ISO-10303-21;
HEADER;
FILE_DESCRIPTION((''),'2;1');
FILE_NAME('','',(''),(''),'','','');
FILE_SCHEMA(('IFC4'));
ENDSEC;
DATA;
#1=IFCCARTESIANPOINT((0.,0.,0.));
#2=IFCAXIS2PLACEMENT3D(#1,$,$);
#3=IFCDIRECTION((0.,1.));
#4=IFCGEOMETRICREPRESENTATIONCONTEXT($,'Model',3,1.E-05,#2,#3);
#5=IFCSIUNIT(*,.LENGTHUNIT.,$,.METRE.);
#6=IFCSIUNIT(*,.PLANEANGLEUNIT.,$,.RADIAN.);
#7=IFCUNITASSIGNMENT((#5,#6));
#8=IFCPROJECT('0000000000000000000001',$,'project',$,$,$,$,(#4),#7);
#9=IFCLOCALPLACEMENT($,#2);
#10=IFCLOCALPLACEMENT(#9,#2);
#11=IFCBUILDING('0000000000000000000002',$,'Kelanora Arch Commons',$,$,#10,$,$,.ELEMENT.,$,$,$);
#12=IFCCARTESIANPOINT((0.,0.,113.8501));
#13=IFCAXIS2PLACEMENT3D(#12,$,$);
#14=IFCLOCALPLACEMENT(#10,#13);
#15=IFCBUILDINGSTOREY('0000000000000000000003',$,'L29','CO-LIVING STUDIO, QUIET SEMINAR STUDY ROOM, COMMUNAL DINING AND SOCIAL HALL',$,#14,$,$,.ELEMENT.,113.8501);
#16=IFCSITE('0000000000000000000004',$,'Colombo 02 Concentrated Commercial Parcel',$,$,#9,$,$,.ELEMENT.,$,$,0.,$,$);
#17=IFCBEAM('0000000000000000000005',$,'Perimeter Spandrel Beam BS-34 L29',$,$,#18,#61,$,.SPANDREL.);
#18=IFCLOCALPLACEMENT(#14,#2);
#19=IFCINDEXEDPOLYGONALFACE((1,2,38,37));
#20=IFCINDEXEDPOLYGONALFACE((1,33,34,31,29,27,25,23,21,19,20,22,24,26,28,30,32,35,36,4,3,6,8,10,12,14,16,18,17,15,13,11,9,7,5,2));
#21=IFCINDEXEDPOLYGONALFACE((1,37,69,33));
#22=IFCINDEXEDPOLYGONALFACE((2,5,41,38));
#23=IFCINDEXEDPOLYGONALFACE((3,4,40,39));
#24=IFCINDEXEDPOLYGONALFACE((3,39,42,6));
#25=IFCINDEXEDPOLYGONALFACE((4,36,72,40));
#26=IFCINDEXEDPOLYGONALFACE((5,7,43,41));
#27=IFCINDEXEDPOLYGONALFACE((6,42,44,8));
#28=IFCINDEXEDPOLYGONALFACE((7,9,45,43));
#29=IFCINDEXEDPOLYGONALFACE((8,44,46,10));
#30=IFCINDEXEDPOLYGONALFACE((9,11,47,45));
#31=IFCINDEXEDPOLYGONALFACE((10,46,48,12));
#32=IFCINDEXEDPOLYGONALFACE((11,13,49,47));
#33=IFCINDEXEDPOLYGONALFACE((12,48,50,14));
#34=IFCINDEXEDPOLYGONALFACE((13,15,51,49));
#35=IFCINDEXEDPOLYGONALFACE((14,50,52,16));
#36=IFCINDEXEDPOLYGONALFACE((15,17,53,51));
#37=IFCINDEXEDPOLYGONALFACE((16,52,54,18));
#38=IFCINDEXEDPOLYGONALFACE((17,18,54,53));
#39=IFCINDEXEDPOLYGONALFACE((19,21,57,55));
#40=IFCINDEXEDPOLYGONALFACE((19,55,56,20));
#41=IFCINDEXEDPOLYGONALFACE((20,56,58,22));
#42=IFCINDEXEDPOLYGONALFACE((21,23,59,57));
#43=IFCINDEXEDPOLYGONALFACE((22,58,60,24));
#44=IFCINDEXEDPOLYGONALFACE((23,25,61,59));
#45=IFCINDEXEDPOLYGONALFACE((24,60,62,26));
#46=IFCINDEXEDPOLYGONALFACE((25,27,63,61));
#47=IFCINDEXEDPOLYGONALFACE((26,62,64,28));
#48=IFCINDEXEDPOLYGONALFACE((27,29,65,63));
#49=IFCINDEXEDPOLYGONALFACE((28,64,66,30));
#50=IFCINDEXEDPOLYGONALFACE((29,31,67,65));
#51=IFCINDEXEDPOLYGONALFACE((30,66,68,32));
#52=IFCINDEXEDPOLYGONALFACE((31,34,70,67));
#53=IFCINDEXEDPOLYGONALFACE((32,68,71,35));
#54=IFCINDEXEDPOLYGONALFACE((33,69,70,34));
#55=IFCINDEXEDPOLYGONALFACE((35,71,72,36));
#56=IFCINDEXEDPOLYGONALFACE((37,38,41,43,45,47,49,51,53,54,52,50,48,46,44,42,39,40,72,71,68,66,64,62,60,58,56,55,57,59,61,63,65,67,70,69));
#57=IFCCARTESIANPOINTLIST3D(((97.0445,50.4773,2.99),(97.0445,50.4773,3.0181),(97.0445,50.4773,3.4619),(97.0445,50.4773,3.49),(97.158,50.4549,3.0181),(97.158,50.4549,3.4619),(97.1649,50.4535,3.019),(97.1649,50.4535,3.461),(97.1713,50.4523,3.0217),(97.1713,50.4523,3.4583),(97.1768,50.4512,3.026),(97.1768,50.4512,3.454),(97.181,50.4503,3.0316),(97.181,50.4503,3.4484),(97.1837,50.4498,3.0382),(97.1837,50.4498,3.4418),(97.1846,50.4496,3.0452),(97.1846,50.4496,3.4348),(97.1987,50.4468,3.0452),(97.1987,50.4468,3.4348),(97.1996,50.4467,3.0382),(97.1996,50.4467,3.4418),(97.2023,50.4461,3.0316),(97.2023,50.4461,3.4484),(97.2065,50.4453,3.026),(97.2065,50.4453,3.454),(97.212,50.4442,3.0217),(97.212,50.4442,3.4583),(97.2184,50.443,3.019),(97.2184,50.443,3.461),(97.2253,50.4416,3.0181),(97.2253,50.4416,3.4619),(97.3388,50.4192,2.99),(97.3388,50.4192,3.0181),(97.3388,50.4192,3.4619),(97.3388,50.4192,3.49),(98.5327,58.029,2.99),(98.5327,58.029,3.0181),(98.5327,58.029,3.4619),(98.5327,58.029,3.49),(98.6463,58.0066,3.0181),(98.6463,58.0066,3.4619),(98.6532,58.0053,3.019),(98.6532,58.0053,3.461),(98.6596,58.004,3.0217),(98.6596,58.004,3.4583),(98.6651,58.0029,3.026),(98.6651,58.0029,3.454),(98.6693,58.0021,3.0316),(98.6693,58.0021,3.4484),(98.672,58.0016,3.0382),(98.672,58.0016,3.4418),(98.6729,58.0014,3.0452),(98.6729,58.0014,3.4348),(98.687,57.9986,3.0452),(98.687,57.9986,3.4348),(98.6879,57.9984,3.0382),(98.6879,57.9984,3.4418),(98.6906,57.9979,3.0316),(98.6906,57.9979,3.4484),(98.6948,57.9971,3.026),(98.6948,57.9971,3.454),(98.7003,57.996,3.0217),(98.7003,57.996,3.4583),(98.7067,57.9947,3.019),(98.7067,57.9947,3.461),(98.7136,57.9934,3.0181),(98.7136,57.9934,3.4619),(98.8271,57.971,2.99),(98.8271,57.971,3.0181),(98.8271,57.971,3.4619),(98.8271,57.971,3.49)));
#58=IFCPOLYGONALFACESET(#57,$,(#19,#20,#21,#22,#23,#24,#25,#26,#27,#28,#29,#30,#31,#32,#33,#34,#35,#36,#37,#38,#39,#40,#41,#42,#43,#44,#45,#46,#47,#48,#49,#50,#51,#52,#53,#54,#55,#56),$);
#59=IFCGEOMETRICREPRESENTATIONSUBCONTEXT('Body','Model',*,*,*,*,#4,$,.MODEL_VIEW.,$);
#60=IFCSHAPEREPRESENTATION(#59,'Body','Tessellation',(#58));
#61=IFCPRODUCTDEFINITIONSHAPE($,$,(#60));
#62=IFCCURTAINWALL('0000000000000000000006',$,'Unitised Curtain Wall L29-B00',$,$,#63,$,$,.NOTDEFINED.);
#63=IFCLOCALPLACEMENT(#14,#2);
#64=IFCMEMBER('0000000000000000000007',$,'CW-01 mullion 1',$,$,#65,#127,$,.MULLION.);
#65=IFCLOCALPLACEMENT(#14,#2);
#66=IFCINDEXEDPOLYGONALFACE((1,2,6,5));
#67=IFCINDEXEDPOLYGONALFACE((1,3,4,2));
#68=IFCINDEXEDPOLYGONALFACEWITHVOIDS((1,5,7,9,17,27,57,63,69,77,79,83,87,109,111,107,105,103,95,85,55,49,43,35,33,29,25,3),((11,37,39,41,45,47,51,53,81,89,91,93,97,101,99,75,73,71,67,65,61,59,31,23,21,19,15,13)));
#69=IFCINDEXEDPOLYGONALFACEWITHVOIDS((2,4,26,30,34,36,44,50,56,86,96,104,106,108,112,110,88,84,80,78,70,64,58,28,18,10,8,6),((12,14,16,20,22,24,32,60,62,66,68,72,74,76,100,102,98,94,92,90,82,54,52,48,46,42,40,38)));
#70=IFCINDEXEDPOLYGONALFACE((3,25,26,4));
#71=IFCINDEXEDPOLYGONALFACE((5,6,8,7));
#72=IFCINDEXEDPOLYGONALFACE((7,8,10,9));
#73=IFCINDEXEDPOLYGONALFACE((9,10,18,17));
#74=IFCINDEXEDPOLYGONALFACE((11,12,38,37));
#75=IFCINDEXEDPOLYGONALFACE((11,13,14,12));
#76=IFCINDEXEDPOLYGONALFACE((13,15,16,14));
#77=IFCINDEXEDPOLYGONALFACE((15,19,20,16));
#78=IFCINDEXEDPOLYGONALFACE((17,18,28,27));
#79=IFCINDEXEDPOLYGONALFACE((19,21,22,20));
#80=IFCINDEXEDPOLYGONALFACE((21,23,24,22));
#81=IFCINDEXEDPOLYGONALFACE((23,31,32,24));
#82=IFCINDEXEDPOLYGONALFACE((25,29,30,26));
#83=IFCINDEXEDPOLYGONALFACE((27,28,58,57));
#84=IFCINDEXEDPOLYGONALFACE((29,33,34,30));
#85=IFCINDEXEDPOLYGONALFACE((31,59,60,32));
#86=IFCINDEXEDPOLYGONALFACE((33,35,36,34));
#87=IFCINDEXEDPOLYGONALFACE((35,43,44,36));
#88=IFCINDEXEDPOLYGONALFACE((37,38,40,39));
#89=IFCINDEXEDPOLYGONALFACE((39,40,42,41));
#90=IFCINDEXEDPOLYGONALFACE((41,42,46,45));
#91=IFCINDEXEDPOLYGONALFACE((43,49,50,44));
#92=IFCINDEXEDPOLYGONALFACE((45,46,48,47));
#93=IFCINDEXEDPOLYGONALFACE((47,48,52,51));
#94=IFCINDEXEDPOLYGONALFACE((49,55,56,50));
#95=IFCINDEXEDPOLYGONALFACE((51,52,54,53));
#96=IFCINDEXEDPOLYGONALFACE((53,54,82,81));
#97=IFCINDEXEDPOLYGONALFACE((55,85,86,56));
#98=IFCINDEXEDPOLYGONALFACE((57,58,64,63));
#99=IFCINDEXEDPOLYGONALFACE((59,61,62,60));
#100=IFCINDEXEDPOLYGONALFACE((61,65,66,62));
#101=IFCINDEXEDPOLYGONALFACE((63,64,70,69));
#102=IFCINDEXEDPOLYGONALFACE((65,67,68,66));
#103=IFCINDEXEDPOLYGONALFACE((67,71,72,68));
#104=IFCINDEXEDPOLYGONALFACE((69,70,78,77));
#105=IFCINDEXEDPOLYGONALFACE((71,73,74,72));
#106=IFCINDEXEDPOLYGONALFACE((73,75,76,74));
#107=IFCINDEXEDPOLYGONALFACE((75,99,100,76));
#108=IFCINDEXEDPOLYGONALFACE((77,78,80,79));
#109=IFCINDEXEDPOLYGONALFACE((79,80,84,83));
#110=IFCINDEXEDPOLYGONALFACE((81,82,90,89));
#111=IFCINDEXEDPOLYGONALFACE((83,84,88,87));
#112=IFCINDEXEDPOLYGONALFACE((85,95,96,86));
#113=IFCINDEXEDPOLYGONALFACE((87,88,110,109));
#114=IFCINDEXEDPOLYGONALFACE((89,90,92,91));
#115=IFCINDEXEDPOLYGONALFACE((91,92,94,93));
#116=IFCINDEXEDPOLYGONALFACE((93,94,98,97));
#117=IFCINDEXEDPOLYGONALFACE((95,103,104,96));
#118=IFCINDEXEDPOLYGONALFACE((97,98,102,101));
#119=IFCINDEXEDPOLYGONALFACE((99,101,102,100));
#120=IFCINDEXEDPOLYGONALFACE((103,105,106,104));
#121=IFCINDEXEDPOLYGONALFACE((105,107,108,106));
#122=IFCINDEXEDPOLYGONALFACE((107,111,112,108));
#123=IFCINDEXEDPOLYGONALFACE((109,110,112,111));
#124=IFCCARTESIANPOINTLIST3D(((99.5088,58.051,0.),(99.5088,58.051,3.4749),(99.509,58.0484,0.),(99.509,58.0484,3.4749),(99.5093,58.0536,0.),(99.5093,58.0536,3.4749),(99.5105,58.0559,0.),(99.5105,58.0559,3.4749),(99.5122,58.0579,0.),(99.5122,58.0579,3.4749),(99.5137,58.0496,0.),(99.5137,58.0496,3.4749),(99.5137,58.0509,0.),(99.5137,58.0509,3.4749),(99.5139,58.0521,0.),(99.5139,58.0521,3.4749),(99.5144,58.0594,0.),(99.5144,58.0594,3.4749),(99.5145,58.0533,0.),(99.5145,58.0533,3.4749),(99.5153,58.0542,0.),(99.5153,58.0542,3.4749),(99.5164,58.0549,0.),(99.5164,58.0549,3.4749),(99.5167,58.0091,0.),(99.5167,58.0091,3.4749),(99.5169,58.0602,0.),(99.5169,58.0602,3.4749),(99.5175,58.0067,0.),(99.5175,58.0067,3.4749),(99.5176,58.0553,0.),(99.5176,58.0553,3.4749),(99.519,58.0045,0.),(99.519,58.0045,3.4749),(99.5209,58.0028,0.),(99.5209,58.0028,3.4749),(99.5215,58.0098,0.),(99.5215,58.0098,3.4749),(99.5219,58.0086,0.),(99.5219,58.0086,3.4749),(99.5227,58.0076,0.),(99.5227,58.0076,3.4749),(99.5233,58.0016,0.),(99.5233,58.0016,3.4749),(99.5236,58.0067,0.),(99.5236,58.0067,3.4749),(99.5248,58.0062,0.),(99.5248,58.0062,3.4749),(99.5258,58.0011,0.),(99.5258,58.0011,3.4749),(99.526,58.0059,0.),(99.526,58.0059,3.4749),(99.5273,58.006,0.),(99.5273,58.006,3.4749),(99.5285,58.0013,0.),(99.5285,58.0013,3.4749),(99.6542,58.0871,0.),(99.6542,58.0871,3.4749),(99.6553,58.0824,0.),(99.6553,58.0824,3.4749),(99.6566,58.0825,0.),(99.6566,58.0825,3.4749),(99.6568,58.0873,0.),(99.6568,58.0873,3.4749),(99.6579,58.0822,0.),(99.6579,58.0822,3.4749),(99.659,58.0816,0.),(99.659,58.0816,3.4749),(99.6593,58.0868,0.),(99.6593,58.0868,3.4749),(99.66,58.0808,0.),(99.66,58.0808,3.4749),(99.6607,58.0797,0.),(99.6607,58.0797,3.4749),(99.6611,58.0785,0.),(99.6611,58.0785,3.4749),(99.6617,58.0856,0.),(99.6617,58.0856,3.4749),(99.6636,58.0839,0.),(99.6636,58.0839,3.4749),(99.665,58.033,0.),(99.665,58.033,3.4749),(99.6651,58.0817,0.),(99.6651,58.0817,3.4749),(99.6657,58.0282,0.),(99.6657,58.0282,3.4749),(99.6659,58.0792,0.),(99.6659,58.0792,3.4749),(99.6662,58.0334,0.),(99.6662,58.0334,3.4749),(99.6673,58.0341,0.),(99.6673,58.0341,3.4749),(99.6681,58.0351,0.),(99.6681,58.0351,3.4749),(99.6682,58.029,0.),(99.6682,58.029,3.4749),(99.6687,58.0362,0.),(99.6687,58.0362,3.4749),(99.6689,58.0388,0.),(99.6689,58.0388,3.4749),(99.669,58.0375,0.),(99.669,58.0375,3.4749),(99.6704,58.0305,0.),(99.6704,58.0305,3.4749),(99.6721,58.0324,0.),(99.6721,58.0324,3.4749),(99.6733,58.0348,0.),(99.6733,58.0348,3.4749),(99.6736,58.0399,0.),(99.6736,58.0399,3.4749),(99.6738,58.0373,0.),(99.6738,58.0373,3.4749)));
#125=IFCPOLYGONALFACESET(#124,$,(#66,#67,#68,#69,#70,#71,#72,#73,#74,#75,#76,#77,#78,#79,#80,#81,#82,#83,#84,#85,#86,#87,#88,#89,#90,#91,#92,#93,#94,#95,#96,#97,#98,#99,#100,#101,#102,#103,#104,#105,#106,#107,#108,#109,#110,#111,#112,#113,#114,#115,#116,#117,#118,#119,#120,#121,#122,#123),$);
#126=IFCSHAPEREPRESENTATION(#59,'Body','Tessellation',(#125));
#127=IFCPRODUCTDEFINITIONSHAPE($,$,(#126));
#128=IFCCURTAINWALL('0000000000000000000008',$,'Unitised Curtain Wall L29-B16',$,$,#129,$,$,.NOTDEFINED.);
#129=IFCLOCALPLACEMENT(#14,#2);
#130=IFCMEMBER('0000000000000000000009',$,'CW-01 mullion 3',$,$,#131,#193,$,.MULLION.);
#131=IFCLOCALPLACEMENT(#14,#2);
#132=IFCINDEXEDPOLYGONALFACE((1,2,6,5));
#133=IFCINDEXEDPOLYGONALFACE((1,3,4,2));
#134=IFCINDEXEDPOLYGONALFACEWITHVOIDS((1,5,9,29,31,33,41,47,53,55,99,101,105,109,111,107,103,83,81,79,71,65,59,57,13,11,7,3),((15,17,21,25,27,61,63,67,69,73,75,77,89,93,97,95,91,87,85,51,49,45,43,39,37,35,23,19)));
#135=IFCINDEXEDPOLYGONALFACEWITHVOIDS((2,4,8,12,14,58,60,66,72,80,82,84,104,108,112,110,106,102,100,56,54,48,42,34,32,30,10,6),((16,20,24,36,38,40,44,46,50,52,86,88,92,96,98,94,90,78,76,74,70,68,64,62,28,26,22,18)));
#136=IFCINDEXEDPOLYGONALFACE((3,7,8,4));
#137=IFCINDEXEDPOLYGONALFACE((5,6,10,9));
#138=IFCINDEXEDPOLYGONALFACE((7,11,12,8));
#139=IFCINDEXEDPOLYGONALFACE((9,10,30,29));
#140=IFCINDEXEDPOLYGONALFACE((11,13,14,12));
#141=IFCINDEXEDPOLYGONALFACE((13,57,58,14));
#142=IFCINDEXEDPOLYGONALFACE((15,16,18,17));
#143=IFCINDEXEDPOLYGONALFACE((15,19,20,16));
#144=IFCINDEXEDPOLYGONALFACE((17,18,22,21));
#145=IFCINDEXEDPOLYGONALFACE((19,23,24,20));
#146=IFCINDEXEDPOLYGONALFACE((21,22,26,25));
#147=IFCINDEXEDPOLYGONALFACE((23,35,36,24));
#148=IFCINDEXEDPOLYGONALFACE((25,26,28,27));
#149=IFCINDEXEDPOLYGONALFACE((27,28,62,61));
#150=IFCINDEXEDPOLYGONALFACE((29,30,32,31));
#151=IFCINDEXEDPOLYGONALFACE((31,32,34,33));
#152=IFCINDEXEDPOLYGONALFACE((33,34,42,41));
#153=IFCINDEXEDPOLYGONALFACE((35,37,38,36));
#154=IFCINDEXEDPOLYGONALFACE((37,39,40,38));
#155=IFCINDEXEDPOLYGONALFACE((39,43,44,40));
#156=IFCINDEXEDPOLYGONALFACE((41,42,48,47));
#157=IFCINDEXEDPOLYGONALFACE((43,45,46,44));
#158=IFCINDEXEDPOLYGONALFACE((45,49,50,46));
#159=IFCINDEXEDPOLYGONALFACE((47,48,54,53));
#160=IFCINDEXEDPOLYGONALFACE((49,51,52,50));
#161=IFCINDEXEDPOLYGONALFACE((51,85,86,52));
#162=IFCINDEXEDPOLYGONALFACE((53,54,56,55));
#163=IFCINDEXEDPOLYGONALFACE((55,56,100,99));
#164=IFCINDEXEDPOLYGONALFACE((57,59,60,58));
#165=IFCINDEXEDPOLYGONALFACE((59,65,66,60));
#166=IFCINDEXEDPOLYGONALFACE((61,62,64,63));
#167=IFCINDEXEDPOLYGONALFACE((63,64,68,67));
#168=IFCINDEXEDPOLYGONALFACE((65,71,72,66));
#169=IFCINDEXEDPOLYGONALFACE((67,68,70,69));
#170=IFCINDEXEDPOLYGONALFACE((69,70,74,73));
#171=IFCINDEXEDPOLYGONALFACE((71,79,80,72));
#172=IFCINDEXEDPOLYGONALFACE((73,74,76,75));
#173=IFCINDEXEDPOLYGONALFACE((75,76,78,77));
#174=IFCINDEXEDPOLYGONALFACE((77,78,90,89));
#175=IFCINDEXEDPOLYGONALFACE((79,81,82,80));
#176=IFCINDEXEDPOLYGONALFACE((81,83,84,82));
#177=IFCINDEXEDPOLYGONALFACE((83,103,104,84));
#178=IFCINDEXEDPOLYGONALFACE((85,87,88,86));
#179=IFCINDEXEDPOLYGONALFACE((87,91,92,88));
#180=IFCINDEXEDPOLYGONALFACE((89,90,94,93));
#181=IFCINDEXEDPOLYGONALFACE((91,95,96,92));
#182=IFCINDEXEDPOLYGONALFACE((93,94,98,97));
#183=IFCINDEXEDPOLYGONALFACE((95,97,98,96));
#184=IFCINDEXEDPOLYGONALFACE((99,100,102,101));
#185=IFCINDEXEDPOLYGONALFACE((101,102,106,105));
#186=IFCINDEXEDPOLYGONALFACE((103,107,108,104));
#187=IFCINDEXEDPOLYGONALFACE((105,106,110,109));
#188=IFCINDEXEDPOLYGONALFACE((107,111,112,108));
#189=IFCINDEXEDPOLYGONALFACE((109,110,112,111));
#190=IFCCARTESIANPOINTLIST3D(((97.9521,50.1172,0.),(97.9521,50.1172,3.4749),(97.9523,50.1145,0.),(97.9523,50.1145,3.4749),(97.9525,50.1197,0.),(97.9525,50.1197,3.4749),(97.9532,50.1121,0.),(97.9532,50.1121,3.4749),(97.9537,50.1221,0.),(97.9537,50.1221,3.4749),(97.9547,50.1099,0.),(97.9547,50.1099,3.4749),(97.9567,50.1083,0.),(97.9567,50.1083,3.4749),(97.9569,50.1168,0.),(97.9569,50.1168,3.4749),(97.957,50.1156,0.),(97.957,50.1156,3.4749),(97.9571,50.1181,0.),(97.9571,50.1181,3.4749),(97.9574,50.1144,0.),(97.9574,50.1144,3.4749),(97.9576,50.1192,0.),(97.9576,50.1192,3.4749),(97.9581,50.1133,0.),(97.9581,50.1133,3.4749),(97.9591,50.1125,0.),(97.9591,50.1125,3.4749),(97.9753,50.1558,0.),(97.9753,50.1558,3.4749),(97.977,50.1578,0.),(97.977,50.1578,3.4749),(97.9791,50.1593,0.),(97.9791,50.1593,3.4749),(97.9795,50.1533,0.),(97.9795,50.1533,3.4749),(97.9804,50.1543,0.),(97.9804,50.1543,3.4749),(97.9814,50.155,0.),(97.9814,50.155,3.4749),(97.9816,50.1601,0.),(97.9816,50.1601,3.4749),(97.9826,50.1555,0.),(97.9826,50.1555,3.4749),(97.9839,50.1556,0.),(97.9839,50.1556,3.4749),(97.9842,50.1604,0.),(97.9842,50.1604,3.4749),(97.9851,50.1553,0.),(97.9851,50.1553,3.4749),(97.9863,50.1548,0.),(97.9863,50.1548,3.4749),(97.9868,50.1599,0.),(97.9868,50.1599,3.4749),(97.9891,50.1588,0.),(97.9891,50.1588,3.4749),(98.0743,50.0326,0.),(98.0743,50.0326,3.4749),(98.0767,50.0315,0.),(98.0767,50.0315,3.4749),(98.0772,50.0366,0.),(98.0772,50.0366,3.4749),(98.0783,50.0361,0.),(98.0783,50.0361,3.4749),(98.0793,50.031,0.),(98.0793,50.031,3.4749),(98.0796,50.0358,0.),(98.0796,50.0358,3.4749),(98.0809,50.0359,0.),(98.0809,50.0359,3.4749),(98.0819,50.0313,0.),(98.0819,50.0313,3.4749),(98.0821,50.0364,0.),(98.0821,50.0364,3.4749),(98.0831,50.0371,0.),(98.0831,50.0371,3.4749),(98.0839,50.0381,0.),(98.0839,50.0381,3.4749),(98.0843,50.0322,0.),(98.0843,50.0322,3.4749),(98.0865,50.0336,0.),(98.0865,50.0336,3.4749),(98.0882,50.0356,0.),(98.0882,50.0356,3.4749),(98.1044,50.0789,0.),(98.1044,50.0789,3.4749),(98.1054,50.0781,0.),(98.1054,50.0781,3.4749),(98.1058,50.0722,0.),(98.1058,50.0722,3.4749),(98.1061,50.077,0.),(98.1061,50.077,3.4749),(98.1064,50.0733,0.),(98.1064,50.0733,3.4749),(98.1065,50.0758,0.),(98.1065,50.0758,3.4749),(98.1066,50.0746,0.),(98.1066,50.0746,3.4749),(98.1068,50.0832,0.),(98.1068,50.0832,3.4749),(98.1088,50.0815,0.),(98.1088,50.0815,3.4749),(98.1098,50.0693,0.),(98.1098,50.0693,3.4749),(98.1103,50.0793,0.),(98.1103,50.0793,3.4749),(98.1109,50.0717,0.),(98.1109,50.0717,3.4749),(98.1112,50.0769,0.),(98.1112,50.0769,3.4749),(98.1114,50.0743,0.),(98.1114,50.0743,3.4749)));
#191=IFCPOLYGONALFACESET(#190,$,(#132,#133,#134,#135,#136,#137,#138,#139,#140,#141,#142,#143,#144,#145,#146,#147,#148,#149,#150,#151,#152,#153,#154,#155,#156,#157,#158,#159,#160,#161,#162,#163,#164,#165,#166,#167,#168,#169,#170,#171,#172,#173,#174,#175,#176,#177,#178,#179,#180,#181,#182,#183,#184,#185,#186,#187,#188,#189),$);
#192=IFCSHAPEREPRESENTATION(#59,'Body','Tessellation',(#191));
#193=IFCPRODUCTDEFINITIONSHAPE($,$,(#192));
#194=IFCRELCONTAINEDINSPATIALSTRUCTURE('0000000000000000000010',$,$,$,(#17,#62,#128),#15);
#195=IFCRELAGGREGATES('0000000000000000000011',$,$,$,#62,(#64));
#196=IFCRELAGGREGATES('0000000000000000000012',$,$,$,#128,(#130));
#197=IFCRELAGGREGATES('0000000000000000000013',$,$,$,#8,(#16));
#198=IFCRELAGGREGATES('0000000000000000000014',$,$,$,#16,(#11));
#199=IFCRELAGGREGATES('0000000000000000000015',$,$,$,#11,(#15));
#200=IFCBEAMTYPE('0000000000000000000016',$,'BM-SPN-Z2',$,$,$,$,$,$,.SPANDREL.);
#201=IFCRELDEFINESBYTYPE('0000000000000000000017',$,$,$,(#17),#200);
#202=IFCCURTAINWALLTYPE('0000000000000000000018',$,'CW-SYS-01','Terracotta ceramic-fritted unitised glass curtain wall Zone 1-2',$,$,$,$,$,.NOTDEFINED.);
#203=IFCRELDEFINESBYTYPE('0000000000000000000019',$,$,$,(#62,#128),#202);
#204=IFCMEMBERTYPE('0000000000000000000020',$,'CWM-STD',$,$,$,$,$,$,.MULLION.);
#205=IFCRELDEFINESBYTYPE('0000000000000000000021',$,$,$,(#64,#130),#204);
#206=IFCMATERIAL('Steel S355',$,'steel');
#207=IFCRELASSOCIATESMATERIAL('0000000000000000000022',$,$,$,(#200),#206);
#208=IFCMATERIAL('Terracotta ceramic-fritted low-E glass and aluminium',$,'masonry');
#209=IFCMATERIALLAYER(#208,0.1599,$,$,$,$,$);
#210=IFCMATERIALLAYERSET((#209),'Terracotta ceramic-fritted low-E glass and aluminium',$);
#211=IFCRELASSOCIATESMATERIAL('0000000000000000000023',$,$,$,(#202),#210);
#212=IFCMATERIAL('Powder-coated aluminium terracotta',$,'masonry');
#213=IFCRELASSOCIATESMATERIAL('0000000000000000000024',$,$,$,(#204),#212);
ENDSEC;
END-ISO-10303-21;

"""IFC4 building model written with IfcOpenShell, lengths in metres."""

from ifc_helpers import new_model, si_unit, direction, frame, origin, origin_2d, place, context, subcontext, project, spatial, hollow_rectangle, i_section, extrude, material, layer, layer_set, material_profile, profile_set, type_object, element, aggregate, save


model = new_model("IFC4")

# Units and contexts
model_context = context("Model", 3, precision=1e-05, world=origin(), true_north=direction((0.0, 1.0)))
body_context = subcontext(model_context, "Body", "Model", "MODEL_VIEW")
ifc_project = project(units=[si_unit("LENGTHUNIT", "METRE"), si_unit("PLANEANGLEUNIT", "RADIAN")], contexts=[model_context])

# Site, building, storey
site_placement = place(None, origin())
site = spatial("IfcSite", under=ifc_project, at=site_placement, Name="Colombo 02 Concentrated Commercial Parcel", CompositionType="ELEMENT", RefElevation=0.0)
building_placement = place(site_placement, origin())
building = spatial("IfcBuilding", under=site, at=building_placement, Name="Kelanora Arch Commons", CompositionType="ELEMENT")
storey_placement = place(building_placement, frame((0.0, 0.0, 113.8501)))
storey = spatial("IfcBuildingStorey", under=building, at=storey_placement, Name="L29", Description="CO-LIVING STUDIO, QUIET SEMINAR STUDY ROOM, COMMUNAL DINING AND SOCIAL HALL", CompositionType="ELEMENT", Elevation=113.8501)

# Beam
ifc_material_1 = material(Name="Steel S355", Category="steel")
ifc_material_profile_1 = material_profile(ifc_material_1, i_section(OverallWidth=0.3, OverallDepth=0.5, WebThickness=0.0144, FlangeThickness=0.0281, FilletRadius=0.0271, at=origin_2d()), Name="HEB500")
ifc_profile_set_1 = profile_set([ifc_material_profile_1], Name="Steel S355")
beam_type_1 = type_object("IfcBeamType", Name="BM-SPN-Z2", PredefinedType="SPANDREL", material=ifc_profile_set_1)
for number, where, z_axis, x_axis, name in (
    (1, (97.1917, 50.4482, 3.24), (0.193358, 0.981128, 0.0), (-0.981128, 0.193358, 0.0), "Perimeter Spandrel Beam BS-34 L29"),
):
    element("IfcBeam", number, at=place(storey_placement, frame(where, z_axis=z_axis, x_axis=x_axis)), inside=storey, type_object=beam_type_1, Name=name, PredefinedType="SPANDREL", context=body_context, shape_type="SweptSolid", body=[
        extrude(i_section(OverallWidth=0.3, OverallDepth=0.5, WebThickness=0.0144, FlangeThickness=0.0281, FilletRadius=0.0271, at=origin_2d()), origin(), (0.0, 0.0, 1.0), 7.697),
    ])

# Curtain wall, member
ifc_material_2 = material(Name="Terracotta ceramic-fritted low-E glass and aluminium", Category="masonry")
ifc_layer_1 = layer(ifc_material_2, 0.1599)
ifc_layer_set_1 = layer_set([ifc_layer_1], Name="Terracotta ceramic-fritted low-E glass and aluminium")
curtain_wall_type = type_object("IfcCurtainWallType", Name="CW-SYS-01", Description="Terracotta ceramic-fritted unitised glass curtain wall Zone 1-2", PredefinedType="NOTDEFINED", material=ifc_layer_set_1)
curtain_wall_1_placement = place(storey_placement, origin())
curtain_wall_1 = element("IfcCurtainWall", 2, at=curtain_wall_1_placement, inside=storey, type_object=curtain_wall_type, Name="Unitised Curtain Wall L29-B00", PredefinedType="NOTDEFINED")
ifc_material_3 = material(Name="Powder-coated aluminium terracotta", Category="masonry")
ifc_material_profile_2 = material_profile(ifc_material_3, hollow_rectangle(XDim=0.1599, YDim=0.0601, WallThickness=0.0049, InnerFilletRadius=0.0049, OuterFilletRadius=0.01, at=origin_2d()), Name="CWM160x60")
ifc_profile_set_2 = profile_set([ifc_material_profile_2], Name="Powder-coated aluminium terracotta")
member_type = type_object("IfcMemberType", Name="CWM-STD", PredefinedType="MULLION", material=ifc_profile_set_2)
member_1_placement = place(storey_placement, frame((99.5913, 58.0442, 0.0), z_axis=(0.0, 0.0, 1.0), x_axis=(-0.98128, -0.192585, 0.0)))
member_1 = element("IfcMember", 3, at=member_1_placement, type_object=member_type, Name="CW-01 mullion 1", PredefinedType="MULLION", context=body_context, shape_type="SweptSolid", body=[
    extrude(hollow_rectangle(XDim=0.1599, YDim=0.0601, WallThickness=0.0049, InnerFilletRadius=0.0049, OuterFilletRadius=0.01, at=origin_2d()), origin(), (0.0, 0.0, 1.0), 3.4749),
])
aggregate(curtain_wall_1, [member_1])

# Curtain wall, member
curtain_wall_2_placement = place(storey_placement, origin())
curtain_wall_2 = element("IfcCurtainWall", 4, at=curtain_wall_2_placement, inside=storey, type_object=curtain_wall_type, Name="Unitised Curtain Wall L29-B16", PredefinedType="NOTDEFINED")
member_2_placement = place(storey_placement, frame((98.0317, 50.0957, 0.0), z_axis=(0.0, 0.0, 1.0), x_axis=(-0.841269, 0.540617, 0.0)))
member_2 = element("IfcMember", 5, at=member_2_placement, type_object=member_type, Name="CW-01 mullion 3", PredefinedType="MULLION", context=body_context, shape_type="SweptSolid", body=[
    extrude(hollow_rectangle(XDim=0.1599, YDim=0.0601, WallThickness=0.0049, InnerFilletRadius=0.0049, OuterFilletRadius=0.01, at=origin_2d()), origin(), (0.0, 0.0, 1.0), 3.4749),
])
aggregate(curtain_wall_2, [member_2])

save(model, "model.ifc")
